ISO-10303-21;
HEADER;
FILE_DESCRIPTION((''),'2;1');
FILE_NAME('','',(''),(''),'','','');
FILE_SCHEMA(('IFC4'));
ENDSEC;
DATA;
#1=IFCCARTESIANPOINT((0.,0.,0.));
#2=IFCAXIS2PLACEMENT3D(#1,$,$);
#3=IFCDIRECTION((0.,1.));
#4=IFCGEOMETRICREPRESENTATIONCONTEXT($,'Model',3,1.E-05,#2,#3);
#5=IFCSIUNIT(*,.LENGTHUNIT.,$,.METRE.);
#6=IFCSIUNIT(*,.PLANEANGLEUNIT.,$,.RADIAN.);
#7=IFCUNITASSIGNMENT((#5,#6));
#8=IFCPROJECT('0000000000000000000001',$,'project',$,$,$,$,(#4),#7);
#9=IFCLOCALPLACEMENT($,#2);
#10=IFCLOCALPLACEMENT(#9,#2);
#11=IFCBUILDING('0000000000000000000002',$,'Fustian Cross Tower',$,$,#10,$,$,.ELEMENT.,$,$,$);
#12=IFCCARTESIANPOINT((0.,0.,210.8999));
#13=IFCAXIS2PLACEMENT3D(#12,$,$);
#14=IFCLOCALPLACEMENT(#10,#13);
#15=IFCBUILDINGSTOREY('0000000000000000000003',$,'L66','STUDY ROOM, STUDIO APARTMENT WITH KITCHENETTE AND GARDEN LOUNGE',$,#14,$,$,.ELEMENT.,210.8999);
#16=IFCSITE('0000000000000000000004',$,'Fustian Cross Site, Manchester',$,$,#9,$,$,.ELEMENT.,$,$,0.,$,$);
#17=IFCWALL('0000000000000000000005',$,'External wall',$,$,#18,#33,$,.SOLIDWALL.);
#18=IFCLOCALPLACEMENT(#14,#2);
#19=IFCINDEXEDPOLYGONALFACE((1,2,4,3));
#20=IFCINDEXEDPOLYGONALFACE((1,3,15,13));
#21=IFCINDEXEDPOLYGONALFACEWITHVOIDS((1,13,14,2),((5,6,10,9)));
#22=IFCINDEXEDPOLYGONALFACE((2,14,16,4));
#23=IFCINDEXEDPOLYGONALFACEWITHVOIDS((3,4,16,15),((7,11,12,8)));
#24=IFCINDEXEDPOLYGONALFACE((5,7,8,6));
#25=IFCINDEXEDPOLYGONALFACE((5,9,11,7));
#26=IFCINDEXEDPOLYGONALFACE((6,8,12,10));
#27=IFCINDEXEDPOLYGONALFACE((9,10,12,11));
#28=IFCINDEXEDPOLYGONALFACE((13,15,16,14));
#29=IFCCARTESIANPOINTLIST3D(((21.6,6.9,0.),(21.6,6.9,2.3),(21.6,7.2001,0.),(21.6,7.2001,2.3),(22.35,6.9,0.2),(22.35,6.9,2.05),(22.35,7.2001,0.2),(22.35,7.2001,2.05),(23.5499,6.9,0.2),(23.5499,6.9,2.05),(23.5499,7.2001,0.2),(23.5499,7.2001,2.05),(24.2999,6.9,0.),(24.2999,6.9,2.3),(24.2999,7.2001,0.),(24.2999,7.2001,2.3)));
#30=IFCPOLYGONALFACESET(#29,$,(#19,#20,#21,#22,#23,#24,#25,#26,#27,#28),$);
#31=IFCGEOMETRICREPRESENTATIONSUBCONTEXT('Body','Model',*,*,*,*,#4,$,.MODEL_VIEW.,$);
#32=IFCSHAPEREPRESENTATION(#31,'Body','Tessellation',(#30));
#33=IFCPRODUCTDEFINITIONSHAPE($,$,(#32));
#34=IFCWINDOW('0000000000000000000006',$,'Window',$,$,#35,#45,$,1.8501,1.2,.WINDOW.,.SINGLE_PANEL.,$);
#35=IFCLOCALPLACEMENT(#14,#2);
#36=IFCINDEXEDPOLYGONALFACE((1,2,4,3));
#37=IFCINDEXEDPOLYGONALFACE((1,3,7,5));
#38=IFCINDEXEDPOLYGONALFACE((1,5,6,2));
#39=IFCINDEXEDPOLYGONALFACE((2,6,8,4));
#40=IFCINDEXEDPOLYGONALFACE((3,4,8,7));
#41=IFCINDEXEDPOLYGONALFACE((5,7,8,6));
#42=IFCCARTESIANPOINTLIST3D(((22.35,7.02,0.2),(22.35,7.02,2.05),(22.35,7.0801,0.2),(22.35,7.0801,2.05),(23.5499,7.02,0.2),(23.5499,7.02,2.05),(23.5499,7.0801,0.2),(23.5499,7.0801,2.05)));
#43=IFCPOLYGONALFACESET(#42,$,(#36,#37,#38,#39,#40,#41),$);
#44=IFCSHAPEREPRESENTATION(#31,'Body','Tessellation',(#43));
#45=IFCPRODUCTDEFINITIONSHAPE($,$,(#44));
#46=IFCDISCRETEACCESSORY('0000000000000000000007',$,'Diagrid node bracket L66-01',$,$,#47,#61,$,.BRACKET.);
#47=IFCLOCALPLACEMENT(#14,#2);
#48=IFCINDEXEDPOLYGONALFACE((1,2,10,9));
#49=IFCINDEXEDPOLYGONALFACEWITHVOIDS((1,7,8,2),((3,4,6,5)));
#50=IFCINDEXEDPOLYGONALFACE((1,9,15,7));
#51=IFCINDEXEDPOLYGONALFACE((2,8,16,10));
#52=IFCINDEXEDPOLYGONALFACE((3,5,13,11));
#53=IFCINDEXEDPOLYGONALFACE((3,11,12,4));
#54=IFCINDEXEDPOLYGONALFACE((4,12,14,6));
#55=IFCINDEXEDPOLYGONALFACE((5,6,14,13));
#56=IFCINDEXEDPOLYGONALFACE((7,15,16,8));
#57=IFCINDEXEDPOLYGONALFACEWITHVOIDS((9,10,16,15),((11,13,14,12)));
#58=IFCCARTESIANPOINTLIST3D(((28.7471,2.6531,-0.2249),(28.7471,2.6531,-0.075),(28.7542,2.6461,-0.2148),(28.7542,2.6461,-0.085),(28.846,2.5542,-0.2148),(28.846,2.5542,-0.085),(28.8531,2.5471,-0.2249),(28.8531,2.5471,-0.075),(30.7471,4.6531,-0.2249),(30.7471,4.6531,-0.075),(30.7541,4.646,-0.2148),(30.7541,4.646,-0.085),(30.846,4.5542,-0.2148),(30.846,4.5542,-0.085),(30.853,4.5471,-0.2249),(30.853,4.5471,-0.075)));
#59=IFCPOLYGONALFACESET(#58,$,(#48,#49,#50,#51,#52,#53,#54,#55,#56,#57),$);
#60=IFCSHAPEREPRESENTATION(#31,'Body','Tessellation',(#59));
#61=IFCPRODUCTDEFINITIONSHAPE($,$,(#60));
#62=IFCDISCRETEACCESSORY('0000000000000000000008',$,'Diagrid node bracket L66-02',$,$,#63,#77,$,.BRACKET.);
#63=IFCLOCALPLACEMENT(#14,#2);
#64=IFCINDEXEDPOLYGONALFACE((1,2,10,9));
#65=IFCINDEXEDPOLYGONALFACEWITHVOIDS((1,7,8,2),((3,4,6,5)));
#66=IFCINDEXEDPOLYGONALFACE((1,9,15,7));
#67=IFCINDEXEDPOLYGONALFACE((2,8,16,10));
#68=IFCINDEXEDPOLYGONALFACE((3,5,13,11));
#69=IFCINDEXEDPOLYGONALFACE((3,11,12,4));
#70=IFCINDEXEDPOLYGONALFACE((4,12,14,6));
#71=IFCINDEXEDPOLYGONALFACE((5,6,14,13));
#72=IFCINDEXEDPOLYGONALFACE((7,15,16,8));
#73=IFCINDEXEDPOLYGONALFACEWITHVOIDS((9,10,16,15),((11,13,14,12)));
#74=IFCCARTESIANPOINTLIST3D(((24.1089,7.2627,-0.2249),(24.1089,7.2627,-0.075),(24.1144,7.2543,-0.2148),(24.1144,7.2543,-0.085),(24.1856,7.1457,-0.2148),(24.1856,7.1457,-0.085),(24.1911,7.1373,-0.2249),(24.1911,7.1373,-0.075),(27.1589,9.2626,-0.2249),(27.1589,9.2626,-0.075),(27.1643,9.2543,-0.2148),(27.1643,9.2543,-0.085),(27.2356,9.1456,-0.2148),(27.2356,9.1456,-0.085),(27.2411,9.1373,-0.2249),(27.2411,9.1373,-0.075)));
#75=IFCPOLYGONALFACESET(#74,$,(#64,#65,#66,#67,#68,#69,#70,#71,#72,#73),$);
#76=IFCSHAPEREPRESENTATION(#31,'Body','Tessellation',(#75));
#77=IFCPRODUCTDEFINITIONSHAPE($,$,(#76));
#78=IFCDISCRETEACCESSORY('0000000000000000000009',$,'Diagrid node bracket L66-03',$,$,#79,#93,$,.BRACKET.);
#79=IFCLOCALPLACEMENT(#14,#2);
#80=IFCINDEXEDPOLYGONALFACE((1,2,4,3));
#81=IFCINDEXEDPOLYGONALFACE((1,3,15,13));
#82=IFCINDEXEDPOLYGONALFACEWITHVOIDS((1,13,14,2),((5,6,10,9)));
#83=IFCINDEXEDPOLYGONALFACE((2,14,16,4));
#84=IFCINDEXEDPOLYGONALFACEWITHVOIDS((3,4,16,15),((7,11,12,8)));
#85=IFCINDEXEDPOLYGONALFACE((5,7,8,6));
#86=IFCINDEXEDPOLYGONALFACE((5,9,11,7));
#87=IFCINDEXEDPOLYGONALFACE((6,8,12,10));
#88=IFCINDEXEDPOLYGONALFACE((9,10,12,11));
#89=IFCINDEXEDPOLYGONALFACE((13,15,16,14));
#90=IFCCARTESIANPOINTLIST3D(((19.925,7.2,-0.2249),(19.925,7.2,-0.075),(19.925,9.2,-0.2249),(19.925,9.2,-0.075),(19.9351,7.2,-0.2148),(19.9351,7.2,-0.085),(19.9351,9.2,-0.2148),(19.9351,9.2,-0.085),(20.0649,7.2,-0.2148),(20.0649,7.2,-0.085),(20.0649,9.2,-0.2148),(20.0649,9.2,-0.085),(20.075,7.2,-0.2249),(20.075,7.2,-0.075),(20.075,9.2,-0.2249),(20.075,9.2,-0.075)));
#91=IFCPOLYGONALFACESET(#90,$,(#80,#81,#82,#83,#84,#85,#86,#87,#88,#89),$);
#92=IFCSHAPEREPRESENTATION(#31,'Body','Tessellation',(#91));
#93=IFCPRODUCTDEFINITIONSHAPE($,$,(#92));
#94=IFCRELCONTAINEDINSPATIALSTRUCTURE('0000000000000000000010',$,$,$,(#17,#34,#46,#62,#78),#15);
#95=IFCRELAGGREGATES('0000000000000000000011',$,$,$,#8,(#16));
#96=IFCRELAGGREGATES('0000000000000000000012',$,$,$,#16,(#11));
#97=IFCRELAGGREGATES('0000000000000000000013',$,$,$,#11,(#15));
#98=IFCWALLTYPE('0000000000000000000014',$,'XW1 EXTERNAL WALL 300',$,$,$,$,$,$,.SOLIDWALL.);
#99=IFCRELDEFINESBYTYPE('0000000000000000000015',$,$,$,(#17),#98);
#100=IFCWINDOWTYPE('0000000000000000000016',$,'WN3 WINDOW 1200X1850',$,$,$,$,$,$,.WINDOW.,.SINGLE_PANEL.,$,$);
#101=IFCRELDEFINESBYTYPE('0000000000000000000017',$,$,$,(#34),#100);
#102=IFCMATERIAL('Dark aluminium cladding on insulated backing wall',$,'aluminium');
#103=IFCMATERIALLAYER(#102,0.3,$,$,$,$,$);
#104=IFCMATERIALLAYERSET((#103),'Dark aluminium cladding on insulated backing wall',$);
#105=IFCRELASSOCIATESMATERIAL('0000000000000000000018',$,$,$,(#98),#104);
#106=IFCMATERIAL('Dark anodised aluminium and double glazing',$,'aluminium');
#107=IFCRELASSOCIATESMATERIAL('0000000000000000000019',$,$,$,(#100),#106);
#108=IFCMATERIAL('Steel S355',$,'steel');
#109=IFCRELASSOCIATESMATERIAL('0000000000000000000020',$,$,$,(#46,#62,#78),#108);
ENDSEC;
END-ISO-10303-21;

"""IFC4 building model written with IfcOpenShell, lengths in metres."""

from ifc_helpers import new_model, si_unit, direction, frame, frame_2d, origin, origin_2d, place, context, subcontext, project, spatial, rectangle, hollow_rectangle, extrude, material, layer, layer_set, type_object, element, fill, save


model = new_model("IFC4")

# Units and contexts
model_context = context("Model", 3, precision=1e-05, world=origin(), true_north=direction((0.0, 1.0)))
body_context = subcontext(model_context, "Body", "Model", "MODEL_VIEW")
ifc_project = project(units=[si_unit("LENGTHUNIT", "METRE"), si_unit("PLANEANGLEUNIT", "RADIAN")], contexts=[model_context])

# Site, building, storey
site_placement = place(None, origin())
site = spatial("IfcSite", under=ifc_project, at=site_placement, Name="Fustian Cross Site, Manchester", CompositionType="ELEMENT", RefElevation=0.0)
building_placement = place(site_placement, origin())
building = spatial("IfcBuilding", under=site, at=building_placement, Name="Fustian Cross Tower", CompositionType="ELEMENT")
storey_placement = place(building_placement, frame((0.0, 0.0, 210.8999)))
storey = spatial("IfcBuildingStorey", under=building, at=storey_placement, Name="L66", Description="STUDY ROOM, STUDIO APARTMENT WITH KITCHENETTE AND GARDEN LOUNGE", CompositionType="ELEMENT", Elevation=210.8999)

# Shared definitions
ifc_material_1 = material(Name="Dark aluminium cladding on insulated backing wall", Category="aluminium")
ifc_layer_1 = layer(ifc_material_1, 0.3)
ifc_layer_set_1 = layer_set([ifc_layer_1], Name="Dark aluminium cladding on insulated backing wall")
wall_type_1 = type_object("IfcWallType", Name="XW1 EXTERNAL WALL 300", PredefinedType="SOLIDWALL", material=ifc_layer_set_1)

# Shared definitions
ifc_material_2 = material(Name="Dark anodised aluminium and double glazing", Category="aluminium")
window_type = type_object("IfcWindowType", Name="WN3 WINDOW 1200X1850", PartitioningType="SINGLE_PANEL", PredefinedType="WINDOW", material=ifc_material_2)

# Wall, opening, window
wall_1_placement = place(storey_placement, frame((24.3, 7.05, 0.0), z_axis=(0.0, 0.0, 1.0), x_axis=(-1.0, 0.0, 0.0)))
wall_1 = element("IfcWall", 1, at=wall_1_placement, inside=storey, type_object=wall_type_1, Name="External wall", PredefinedType="SOLIDWALL", context=body_context, shape_type="SweptSolid", body=[
    extrude(rectangle(XDim=2.7, YDim=0.3, at=frame_2d((1.3501, 0.0))), origin(), (0.0, 0.0, 1.0), 2.3),
])
opening_1_placement = place(wall_1_placement, frame((0.75, 0.0, 0.2)))
opening_1 = element("IfcOpeningElement", 2, at=opening_1_placement, cuts=wall_1, PredefinedType="OPENING", context=body_context, shape_type="SweptSolid", body=[
    extrude(rectangle(XDim=1.2, YDim=1.8501, at=frame_2d((0.6001, 0.925))), frame((0.0, 0.1599, 0.0), z_axis=(0.0, -1.0, 0.0), x_axis=(1.0, 0.0, 0.0)), (0.0, 0.0, 1.0), 0.3201),
])
window_1_placement = place(opening_1_placement, origin())
window_1 = element("IfcWindow", 3, at=window_1_placement, inside=storey, type_object=window_type, Name="Window", OverallHeight=1.8501, OverallWidth=1.2, PartitioningType="SINGLE_PANEL", PredefinedType="WINDOW", context=body_context, shape_type="SweptSolid", body=[
    extrude(rectangle(XDim=1.2, YDim=1.8501, at=frame_2d((0.6001, 0.925))), frame((0.0, 0.03, 0.0), z_axis=(0.0, -1.0, 0.0), x_axis=(1.0, 0.0, 0.0)), (0.0, 0.0, 1.0), 0.0601),
])
fill(opening_1, window_1)

# Discrete accessories
ifc_material_3 = material(Name="Steel S355", Category="steel")
discrete_accessory_1_placement = place(storey_placement, frame((30.8, 4.6001, -0.1499), z_axis=(-0.707107, -0.707107, 0.0), x_axis=(0.707107, -0.707107, 0.0)))
element("IfcDiscreteAccessory", 4, at=discrete_accessory_1_placement, inside=storey, material=ifc_material_3, Name="Diagrid node bracket L66-01", PredefinedType="BRACKET", context=body_context, shape_type="SweptSolid", body=[
    extrude(hollow_rectangle(XDim=0.1499, YDim=0.1499, WallThickness=0.01, at=origin_2d()), origin(), (0.0, 0.0, 1.0), 2.8284),
])
discrete_accessory_2_placement = place(storey_placement, frame((27.2, 9.2, -0.1499), z_axis=(-0.836248, -0.548351, 0.0), x_axis=(0.548351, -0.836248, 0.0)))
element("IfcDiscreteAccessory", 5, at=discrete_accessory_2_placement, inside=storey, material=ifc_material_3, Name="Diagrid node bracket L66-02", PredefinedType="BRACKET", context=body_context, shape_type="SweptSolid", body=[
    extrude(hollow_rectangle(XDim=0.1499, YDim=0.1499, WallThickness=0.01, at=origin_2d()), origin(), (0.0, 0.0, 1.0), 3.6472),
])
discrete_accessory_3_placement = place(storey_placement, frame((20.0, 9.2, -0.1499), z_axis=(0.0, -1.0, 0.0), x_axis=(1.0, 0.0, 0.0)))
element("IfcDiscreteAccessory", 6, at=discrete_accessory_3_placement, inside=storey, material=ifc_material_3, Name="Diagrid node bracket L66-03", PredefinedType="BRACKET", context=body_context, shape_type="SweptSolid", body=[
    extrude(hollow_rectangle(XDim=0.1499, YDim=0.1499, WallThickness=0.01, at=origin_2d()), origin(), (0.0, 0.0, 1.0), 2.0),
])

save(model, "model.ifc")
